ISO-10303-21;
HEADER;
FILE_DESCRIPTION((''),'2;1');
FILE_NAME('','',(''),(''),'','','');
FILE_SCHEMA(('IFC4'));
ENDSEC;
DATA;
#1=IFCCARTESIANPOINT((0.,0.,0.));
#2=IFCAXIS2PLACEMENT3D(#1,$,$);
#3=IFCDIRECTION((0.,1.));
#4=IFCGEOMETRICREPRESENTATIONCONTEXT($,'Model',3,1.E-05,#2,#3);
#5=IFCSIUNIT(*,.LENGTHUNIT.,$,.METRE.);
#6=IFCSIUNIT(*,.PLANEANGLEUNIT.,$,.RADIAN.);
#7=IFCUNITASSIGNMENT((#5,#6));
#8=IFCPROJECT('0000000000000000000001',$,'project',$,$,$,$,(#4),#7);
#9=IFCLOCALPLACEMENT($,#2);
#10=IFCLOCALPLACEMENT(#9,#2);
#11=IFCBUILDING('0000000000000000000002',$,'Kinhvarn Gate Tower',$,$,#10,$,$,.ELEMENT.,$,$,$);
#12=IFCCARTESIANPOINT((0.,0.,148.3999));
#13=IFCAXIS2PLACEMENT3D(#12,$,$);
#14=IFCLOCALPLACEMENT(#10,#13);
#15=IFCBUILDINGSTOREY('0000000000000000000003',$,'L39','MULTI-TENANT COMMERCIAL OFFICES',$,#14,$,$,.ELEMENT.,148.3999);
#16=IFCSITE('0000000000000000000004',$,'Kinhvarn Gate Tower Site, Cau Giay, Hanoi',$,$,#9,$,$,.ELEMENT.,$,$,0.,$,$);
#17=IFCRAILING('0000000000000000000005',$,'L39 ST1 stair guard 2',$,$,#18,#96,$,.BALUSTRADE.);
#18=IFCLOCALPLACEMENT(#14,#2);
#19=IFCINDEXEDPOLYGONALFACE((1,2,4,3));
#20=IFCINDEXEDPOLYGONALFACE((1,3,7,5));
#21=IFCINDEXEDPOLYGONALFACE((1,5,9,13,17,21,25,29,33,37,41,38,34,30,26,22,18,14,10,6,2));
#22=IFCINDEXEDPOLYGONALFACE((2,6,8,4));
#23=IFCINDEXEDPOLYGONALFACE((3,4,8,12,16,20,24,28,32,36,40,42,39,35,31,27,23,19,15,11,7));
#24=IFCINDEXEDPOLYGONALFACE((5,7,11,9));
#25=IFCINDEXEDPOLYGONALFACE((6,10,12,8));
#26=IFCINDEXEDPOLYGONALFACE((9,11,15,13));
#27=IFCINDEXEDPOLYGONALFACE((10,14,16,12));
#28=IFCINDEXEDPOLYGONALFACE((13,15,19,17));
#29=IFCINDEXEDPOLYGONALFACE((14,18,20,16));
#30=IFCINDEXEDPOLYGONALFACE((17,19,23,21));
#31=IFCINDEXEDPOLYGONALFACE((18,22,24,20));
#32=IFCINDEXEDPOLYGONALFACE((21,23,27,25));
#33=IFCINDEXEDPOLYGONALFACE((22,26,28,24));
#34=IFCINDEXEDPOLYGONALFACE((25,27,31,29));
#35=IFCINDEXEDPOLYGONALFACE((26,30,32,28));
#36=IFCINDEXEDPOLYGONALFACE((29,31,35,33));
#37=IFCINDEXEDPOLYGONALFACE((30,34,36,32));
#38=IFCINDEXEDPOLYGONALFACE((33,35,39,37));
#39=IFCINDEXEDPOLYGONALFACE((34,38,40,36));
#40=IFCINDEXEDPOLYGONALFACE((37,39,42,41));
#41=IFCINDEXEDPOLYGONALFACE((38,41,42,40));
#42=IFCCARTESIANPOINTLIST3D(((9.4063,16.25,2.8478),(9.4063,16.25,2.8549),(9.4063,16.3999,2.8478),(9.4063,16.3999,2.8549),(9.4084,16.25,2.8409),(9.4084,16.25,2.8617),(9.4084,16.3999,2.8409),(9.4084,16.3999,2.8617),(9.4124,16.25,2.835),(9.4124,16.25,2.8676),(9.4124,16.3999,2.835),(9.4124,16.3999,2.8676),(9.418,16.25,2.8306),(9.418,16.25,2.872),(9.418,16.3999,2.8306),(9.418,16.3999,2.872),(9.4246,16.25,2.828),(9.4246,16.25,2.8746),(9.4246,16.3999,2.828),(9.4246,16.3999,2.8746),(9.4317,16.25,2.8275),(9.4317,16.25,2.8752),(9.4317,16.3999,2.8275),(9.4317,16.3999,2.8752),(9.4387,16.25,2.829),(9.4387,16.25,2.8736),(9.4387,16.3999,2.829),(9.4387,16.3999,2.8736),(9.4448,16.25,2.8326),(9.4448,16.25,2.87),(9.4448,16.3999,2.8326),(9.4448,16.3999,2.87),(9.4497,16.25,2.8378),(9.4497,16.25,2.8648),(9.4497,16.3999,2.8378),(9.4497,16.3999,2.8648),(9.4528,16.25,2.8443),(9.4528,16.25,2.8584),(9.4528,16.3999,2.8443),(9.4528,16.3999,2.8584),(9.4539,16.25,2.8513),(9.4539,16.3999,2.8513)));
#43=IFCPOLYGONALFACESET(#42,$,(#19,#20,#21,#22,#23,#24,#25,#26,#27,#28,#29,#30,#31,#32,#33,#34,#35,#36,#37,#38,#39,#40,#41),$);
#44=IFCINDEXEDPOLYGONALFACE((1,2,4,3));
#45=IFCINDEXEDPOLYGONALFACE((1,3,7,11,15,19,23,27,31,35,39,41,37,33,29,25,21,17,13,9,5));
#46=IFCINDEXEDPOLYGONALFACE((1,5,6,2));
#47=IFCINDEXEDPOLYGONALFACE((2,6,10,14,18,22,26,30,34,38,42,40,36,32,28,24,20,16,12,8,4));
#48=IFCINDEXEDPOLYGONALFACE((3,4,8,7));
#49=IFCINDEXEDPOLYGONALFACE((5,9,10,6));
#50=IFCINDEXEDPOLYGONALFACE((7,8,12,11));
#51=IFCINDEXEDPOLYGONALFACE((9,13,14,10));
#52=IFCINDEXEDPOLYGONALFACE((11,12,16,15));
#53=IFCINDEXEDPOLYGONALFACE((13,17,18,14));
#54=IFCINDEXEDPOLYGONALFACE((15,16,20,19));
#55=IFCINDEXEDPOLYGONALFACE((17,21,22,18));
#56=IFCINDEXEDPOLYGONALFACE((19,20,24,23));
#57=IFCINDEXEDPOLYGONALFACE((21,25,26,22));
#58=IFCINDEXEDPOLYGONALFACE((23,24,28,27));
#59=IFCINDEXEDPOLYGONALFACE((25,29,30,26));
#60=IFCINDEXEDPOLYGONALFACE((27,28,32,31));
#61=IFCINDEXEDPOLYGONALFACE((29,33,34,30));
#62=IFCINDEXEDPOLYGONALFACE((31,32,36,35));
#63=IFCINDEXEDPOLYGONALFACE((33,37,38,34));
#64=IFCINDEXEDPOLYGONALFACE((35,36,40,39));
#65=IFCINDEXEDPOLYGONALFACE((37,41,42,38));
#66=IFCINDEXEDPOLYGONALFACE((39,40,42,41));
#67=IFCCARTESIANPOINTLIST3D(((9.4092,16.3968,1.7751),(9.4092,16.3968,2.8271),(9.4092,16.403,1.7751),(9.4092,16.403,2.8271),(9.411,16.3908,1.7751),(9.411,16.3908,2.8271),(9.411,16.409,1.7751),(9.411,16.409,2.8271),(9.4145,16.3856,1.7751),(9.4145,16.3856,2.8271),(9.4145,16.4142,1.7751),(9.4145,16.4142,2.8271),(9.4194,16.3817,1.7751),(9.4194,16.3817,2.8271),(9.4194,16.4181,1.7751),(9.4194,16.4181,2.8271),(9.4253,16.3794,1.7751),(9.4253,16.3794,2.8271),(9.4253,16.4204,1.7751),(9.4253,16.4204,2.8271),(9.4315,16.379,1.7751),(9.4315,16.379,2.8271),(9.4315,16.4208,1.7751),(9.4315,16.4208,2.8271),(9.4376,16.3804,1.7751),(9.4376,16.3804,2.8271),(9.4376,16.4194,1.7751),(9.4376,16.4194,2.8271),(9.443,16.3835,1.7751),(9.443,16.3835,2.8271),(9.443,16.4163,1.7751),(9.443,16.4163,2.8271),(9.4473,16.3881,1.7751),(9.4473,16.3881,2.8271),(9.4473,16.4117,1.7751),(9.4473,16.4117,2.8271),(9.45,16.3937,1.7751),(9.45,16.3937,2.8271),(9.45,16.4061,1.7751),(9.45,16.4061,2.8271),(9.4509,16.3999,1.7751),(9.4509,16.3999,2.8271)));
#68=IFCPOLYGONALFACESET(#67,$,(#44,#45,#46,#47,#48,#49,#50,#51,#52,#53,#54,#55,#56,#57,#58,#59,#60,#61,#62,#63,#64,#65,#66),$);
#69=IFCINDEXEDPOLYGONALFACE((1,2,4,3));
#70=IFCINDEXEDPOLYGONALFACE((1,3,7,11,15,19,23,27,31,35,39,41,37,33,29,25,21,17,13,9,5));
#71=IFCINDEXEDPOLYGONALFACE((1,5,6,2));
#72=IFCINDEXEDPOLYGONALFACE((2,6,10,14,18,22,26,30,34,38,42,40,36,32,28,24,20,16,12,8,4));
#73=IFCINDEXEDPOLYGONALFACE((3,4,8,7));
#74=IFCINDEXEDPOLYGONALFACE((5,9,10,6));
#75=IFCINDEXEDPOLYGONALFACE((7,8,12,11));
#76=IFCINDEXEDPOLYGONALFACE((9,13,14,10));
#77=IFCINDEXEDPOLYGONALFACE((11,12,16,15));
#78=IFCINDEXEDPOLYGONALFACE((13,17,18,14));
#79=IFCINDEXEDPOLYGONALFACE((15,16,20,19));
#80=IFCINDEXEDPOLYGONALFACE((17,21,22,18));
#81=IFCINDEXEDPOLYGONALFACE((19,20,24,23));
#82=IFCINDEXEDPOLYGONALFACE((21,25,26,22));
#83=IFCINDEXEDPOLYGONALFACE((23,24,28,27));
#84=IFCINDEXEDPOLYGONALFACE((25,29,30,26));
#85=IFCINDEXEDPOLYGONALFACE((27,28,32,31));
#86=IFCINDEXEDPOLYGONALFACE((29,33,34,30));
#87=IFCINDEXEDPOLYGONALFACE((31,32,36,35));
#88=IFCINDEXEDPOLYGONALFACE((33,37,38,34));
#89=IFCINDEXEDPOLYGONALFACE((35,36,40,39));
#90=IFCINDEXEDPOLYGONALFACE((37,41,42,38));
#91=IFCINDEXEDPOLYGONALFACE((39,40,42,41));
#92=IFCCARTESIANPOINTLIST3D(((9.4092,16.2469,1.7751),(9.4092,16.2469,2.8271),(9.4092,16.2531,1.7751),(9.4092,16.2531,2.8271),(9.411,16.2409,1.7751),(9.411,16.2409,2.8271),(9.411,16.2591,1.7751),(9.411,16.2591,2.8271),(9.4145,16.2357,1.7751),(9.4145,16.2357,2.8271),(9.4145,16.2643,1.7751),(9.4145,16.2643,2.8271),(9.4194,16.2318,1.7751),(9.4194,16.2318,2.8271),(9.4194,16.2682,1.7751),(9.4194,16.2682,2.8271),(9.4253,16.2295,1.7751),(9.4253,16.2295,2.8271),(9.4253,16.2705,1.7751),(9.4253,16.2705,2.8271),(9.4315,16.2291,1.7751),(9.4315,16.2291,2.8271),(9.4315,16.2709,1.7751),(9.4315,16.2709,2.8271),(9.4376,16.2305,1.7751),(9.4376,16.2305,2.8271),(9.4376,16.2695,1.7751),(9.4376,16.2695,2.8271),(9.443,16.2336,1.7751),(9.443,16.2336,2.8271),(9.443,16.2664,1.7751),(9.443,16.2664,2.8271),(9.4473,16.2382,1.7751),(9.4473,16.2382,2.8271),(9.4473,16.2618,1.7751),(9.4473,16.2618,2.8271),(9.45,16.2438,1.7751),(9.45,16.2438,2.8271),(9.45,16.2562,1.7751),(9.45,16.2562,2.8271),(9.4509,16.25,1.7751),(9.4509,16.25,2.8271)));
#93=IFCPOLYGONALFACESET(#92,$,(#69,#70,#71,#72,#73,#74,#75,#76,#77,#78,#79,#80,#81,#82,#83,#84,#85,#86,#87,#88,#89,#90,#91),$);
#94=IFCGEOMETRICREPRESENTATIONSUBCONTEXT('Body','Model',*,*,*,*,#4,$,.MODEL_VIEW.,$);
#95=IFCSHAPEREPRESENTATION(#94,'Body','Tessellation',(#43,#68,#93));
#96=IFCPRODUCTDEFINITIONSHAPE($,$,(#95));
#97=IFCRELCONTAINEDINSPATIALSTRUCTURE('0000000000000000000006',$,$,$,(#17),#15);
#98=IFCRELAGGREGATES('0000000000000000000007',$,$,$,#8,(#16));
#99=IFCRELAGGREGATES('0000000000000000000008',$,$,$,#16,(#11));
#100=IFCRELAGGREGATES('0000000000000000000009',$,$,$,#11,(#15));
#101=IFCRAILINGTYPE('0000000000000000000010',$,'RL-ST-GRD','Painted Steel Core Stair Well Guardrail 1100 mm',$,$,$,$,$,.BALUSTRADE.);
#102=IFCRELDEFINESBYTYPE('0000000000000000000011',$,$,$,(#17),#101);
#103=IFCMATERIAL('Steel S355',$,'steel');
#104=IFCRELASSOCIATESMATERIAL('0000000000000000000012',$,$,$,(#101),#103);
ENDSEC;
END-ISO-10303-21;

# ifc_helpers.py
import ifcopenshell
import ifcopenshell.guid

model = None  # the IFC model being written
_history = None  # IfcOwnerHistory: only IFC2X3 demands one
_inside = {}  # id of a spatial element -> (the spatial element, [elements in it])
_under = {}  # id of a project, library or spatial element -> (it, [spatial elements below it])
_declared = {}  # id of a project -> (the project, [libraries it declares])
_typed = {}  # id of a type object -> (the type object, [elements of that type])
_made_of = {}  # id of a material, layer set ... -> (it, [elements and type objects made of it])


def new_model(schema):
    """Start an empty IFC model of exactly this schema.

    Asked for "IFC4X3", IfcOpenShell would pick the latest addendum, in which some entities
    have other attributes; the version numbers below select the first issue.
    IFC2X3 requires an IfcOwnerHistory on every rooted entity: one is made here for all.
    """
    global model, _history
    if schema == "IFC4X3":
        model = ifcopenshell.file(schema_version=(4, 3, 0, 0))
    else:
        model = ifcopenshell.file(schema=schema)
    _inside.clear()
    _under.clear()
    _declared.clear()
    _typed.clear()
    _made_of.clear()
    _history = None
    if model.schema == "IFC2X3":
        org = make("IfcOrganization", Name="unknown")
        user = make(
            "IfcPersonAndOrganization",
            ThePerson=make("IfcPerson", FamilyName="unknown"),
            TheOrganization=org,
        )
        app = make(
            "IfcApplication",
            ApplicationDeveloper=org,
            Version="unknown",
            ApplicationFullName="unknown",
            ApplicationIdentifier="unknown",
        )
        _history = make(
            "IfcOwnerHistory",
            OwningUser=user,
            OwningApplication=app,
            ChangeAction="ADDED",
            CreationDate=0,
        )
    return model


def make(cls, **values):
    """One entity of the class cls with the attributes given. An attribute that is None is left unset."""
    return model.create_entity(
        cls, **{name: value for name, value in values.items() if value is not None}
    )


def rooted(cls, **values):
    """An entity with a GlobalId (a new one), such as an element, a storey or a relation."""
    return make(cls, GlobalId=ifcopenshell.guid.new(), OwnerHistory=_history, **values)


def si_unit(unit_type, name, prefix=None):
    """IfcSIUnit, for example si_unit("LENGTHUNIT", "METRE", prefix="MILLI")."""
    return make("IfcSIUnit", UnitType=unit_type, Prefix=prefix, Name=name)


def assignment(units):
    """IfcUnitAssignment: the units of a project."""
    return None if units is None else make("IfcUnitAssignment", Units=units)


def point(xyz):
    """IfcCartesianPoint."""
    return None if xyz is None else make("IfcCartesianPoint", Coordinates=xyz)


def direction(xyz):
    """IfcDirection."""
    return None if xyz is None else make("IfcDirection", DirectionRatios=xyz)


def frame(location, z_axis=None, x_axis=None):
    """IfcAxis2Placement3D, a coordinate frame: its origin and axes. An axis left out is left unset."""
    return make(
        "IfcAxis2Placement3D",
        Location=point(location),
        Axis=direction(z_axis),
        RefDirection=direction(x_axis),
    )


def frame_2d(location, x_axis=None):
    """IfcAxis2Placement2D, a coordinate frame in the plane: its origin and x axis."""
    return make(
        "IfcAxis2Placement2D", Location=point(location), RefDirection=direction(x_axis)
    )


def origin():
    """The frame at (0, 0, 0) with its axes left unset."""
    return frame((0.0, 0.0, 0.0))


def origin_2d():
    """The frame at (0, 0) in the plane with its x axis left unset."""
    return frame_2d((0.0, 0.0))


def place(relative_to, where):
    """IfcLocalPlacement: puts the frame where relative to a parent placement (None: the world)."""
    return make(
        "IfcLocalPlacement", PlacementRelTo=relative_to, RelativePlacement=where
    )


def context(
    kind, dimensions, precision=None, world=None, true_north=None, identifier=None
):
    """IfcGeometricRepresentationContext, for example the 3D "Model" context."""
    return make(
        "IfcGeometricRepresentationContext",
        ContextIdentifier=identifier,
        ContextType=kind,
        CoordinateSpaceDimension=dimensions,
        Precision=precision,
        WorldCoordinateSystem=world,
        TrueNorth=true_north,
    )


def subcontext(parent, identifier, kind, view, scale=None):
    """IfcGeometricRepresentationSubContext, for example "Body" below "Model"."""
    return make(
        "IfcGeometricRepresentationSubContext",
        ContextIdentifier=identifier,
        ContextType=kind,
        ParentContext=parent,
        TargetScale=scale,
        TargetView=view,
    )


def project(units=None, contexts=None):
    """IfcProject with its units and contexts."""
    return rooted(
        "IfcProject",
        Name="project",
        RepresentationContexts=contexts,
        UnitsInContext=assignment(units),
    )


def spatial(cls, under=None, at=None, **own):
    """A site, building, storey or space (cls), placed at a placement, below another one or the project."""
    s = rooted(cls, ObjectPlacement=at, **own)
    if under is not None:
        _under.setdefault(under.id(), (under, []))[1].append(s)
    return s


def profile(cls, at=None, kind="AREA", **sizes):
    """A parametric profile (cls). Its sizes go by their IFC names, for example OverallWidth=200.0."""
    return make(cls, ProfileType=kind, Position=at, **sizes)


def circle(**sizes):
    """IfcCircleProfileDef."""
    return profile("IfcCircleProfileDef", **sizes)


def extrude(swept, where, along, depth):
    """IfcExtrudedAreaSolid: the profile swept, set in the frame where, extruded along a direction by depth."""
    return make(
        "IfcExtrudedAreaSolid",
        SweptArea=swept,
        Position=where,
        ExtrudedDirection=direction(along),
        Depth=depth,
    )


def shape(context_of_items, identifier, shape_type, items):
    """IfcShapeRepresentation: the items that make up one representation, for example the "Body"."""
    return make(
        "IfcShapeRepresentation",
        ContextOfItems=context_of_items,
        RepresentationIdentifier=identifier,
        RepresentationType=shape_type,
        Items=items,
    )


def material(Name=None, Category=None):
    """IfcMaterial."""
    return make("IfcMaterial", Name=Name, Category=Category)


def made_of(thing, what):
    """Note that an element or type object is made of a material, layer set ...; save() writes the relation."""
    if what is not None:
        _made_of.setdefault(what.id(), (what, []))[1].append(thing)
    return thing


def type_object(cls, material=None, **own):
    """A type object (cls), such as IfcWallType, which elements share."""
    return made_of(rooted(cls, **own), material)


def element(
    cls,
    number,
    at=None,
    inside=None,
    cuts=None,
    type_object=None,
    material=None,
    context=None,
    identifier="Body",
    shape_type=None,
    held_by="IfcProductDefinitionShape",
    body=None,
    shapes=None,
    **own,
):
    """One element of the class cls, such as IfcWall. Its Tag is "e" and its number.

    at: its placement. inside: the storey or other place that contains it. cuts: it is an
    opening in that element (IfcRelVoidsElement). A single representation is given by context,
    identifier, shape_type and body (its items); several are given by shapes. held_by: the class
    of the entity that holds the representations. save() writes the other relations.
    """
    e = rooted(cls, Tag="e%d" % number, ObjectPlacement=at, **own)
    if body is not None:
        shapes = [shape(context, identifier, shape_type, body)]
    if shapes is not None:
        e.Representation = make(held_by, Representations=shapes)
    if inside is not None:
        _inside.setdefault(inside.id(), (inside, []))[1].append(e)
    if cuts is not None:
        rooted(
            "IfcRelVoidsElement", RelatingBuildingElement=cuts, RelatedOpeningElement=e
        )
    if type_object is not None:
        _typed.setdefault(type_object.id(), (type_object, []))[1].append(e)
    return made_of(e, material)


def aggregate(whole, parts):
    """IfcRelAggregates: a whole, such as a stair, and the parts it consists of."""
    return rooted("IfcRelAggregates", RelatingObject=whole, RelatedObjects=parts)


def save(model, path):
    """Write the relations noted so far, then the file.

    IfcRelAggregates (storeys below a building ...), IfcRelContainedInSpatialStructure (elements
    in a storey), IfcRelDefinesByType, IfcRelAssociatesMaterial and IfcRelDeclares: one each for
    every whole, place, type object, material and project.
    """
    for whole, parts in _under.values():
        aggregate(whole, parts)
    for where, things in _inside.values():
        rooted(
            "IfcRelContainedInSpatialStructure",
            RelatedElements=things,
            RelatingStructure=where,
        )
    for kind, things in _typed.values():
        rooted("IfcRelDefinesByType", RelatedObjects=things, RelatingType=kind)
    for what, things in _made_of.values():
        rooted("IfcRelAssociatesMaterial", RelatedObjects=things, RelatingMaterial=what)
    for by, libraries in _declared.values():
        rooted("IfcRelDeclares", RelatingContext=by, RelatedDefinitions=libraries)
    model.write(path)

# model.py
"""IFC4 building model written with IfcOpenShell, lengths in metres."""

from ifc_helpers import new_model, si_unit, direction, frame, origin, origin_2d, place, context, subcontext, project, spatial, circle, extrude, material, type_object, element, save


model = new_model("IFC4")

# Units and contexts
model_context = context("Model", 3, precision=1e-05, world=origin(), true_north=direction((0.0, 1.0)))
body_context = subcontext(model_context, "Body", "Model", "MODEL_VIEW")
ifc_project = project(units=[si_unit("LENGTHUNIT", "METRE"), si_unit("PLANEANGLEUNIT", "RADIAN")], contexts=[model_context])

# Site, building, storey
site_placement = place(None, origin())
site = spatial("IfcSite", under=ifc_project, at=site_placement, Name="Kinhvarn Gate Tower Site, Cau Giay, Hanoi", CompositionType="ELEMENT", RefElevation=0.0)
building_placement = place(site_placement, origin())
building = spatial("IfcBuilding", under=site, at=building_placement, Name="Kinhvarn Gate Tower", CompositionType="ELEMENT")
storey_placement = place(building_placement, frame((0.0, 0.0, 148.3999)))
storey = spatial("IfcBuildingStorey", under=building, at=storey_placement, Name="L39", Description="MULTI-TENANT COMMERCIAL OFFICES", CompositionType="ELEMENT", Elevation=148.3999)

# Shared definitions
ifc_material_1 = material(Name="Steel S355", Category="steel")

# Railing
railing_type_1 = type_object("IfcRailingType", Name="RL-ST-GRD", Description="Painted Steel Core Stair Well Guardrail 1100 mm", PredefinedType="BALUSTRADE", material=ifc_material_1)
railing_1_placement = place(storey_placement, frame((9.4299, 16.3999, 1.7751)))
element("IfcRailing", 1, at=railing_1_placement, inside=storey, type_object=railing_type_1, Name="L39 ST1 stair guard 2", PredefinedType="BALUSTRADE", context=body_context, shape_type="SweptSolid", body=[
    extrude(circle(Radius=0.0239, at=origin_2d()), frame((0.0, 0.0, 1.0762), z_axis=(0.0, -1.0, 0.0), x_axis=(1.0, 0.0, 0.0)), (0.0, 0.0, 1.0), 0.1499),
    extrude(circle(Radius=0.021, at=origin_2d()), origin(), (0.0, 0.0, 1.0), 1.052),
    extrude(circle(Radius=0.021, at=origin_2d()), frame((0.0, -0.1499, 0.0)), (0.0, 0.0, 1.0), 1.052),
])

save(model, "model.ifc")
